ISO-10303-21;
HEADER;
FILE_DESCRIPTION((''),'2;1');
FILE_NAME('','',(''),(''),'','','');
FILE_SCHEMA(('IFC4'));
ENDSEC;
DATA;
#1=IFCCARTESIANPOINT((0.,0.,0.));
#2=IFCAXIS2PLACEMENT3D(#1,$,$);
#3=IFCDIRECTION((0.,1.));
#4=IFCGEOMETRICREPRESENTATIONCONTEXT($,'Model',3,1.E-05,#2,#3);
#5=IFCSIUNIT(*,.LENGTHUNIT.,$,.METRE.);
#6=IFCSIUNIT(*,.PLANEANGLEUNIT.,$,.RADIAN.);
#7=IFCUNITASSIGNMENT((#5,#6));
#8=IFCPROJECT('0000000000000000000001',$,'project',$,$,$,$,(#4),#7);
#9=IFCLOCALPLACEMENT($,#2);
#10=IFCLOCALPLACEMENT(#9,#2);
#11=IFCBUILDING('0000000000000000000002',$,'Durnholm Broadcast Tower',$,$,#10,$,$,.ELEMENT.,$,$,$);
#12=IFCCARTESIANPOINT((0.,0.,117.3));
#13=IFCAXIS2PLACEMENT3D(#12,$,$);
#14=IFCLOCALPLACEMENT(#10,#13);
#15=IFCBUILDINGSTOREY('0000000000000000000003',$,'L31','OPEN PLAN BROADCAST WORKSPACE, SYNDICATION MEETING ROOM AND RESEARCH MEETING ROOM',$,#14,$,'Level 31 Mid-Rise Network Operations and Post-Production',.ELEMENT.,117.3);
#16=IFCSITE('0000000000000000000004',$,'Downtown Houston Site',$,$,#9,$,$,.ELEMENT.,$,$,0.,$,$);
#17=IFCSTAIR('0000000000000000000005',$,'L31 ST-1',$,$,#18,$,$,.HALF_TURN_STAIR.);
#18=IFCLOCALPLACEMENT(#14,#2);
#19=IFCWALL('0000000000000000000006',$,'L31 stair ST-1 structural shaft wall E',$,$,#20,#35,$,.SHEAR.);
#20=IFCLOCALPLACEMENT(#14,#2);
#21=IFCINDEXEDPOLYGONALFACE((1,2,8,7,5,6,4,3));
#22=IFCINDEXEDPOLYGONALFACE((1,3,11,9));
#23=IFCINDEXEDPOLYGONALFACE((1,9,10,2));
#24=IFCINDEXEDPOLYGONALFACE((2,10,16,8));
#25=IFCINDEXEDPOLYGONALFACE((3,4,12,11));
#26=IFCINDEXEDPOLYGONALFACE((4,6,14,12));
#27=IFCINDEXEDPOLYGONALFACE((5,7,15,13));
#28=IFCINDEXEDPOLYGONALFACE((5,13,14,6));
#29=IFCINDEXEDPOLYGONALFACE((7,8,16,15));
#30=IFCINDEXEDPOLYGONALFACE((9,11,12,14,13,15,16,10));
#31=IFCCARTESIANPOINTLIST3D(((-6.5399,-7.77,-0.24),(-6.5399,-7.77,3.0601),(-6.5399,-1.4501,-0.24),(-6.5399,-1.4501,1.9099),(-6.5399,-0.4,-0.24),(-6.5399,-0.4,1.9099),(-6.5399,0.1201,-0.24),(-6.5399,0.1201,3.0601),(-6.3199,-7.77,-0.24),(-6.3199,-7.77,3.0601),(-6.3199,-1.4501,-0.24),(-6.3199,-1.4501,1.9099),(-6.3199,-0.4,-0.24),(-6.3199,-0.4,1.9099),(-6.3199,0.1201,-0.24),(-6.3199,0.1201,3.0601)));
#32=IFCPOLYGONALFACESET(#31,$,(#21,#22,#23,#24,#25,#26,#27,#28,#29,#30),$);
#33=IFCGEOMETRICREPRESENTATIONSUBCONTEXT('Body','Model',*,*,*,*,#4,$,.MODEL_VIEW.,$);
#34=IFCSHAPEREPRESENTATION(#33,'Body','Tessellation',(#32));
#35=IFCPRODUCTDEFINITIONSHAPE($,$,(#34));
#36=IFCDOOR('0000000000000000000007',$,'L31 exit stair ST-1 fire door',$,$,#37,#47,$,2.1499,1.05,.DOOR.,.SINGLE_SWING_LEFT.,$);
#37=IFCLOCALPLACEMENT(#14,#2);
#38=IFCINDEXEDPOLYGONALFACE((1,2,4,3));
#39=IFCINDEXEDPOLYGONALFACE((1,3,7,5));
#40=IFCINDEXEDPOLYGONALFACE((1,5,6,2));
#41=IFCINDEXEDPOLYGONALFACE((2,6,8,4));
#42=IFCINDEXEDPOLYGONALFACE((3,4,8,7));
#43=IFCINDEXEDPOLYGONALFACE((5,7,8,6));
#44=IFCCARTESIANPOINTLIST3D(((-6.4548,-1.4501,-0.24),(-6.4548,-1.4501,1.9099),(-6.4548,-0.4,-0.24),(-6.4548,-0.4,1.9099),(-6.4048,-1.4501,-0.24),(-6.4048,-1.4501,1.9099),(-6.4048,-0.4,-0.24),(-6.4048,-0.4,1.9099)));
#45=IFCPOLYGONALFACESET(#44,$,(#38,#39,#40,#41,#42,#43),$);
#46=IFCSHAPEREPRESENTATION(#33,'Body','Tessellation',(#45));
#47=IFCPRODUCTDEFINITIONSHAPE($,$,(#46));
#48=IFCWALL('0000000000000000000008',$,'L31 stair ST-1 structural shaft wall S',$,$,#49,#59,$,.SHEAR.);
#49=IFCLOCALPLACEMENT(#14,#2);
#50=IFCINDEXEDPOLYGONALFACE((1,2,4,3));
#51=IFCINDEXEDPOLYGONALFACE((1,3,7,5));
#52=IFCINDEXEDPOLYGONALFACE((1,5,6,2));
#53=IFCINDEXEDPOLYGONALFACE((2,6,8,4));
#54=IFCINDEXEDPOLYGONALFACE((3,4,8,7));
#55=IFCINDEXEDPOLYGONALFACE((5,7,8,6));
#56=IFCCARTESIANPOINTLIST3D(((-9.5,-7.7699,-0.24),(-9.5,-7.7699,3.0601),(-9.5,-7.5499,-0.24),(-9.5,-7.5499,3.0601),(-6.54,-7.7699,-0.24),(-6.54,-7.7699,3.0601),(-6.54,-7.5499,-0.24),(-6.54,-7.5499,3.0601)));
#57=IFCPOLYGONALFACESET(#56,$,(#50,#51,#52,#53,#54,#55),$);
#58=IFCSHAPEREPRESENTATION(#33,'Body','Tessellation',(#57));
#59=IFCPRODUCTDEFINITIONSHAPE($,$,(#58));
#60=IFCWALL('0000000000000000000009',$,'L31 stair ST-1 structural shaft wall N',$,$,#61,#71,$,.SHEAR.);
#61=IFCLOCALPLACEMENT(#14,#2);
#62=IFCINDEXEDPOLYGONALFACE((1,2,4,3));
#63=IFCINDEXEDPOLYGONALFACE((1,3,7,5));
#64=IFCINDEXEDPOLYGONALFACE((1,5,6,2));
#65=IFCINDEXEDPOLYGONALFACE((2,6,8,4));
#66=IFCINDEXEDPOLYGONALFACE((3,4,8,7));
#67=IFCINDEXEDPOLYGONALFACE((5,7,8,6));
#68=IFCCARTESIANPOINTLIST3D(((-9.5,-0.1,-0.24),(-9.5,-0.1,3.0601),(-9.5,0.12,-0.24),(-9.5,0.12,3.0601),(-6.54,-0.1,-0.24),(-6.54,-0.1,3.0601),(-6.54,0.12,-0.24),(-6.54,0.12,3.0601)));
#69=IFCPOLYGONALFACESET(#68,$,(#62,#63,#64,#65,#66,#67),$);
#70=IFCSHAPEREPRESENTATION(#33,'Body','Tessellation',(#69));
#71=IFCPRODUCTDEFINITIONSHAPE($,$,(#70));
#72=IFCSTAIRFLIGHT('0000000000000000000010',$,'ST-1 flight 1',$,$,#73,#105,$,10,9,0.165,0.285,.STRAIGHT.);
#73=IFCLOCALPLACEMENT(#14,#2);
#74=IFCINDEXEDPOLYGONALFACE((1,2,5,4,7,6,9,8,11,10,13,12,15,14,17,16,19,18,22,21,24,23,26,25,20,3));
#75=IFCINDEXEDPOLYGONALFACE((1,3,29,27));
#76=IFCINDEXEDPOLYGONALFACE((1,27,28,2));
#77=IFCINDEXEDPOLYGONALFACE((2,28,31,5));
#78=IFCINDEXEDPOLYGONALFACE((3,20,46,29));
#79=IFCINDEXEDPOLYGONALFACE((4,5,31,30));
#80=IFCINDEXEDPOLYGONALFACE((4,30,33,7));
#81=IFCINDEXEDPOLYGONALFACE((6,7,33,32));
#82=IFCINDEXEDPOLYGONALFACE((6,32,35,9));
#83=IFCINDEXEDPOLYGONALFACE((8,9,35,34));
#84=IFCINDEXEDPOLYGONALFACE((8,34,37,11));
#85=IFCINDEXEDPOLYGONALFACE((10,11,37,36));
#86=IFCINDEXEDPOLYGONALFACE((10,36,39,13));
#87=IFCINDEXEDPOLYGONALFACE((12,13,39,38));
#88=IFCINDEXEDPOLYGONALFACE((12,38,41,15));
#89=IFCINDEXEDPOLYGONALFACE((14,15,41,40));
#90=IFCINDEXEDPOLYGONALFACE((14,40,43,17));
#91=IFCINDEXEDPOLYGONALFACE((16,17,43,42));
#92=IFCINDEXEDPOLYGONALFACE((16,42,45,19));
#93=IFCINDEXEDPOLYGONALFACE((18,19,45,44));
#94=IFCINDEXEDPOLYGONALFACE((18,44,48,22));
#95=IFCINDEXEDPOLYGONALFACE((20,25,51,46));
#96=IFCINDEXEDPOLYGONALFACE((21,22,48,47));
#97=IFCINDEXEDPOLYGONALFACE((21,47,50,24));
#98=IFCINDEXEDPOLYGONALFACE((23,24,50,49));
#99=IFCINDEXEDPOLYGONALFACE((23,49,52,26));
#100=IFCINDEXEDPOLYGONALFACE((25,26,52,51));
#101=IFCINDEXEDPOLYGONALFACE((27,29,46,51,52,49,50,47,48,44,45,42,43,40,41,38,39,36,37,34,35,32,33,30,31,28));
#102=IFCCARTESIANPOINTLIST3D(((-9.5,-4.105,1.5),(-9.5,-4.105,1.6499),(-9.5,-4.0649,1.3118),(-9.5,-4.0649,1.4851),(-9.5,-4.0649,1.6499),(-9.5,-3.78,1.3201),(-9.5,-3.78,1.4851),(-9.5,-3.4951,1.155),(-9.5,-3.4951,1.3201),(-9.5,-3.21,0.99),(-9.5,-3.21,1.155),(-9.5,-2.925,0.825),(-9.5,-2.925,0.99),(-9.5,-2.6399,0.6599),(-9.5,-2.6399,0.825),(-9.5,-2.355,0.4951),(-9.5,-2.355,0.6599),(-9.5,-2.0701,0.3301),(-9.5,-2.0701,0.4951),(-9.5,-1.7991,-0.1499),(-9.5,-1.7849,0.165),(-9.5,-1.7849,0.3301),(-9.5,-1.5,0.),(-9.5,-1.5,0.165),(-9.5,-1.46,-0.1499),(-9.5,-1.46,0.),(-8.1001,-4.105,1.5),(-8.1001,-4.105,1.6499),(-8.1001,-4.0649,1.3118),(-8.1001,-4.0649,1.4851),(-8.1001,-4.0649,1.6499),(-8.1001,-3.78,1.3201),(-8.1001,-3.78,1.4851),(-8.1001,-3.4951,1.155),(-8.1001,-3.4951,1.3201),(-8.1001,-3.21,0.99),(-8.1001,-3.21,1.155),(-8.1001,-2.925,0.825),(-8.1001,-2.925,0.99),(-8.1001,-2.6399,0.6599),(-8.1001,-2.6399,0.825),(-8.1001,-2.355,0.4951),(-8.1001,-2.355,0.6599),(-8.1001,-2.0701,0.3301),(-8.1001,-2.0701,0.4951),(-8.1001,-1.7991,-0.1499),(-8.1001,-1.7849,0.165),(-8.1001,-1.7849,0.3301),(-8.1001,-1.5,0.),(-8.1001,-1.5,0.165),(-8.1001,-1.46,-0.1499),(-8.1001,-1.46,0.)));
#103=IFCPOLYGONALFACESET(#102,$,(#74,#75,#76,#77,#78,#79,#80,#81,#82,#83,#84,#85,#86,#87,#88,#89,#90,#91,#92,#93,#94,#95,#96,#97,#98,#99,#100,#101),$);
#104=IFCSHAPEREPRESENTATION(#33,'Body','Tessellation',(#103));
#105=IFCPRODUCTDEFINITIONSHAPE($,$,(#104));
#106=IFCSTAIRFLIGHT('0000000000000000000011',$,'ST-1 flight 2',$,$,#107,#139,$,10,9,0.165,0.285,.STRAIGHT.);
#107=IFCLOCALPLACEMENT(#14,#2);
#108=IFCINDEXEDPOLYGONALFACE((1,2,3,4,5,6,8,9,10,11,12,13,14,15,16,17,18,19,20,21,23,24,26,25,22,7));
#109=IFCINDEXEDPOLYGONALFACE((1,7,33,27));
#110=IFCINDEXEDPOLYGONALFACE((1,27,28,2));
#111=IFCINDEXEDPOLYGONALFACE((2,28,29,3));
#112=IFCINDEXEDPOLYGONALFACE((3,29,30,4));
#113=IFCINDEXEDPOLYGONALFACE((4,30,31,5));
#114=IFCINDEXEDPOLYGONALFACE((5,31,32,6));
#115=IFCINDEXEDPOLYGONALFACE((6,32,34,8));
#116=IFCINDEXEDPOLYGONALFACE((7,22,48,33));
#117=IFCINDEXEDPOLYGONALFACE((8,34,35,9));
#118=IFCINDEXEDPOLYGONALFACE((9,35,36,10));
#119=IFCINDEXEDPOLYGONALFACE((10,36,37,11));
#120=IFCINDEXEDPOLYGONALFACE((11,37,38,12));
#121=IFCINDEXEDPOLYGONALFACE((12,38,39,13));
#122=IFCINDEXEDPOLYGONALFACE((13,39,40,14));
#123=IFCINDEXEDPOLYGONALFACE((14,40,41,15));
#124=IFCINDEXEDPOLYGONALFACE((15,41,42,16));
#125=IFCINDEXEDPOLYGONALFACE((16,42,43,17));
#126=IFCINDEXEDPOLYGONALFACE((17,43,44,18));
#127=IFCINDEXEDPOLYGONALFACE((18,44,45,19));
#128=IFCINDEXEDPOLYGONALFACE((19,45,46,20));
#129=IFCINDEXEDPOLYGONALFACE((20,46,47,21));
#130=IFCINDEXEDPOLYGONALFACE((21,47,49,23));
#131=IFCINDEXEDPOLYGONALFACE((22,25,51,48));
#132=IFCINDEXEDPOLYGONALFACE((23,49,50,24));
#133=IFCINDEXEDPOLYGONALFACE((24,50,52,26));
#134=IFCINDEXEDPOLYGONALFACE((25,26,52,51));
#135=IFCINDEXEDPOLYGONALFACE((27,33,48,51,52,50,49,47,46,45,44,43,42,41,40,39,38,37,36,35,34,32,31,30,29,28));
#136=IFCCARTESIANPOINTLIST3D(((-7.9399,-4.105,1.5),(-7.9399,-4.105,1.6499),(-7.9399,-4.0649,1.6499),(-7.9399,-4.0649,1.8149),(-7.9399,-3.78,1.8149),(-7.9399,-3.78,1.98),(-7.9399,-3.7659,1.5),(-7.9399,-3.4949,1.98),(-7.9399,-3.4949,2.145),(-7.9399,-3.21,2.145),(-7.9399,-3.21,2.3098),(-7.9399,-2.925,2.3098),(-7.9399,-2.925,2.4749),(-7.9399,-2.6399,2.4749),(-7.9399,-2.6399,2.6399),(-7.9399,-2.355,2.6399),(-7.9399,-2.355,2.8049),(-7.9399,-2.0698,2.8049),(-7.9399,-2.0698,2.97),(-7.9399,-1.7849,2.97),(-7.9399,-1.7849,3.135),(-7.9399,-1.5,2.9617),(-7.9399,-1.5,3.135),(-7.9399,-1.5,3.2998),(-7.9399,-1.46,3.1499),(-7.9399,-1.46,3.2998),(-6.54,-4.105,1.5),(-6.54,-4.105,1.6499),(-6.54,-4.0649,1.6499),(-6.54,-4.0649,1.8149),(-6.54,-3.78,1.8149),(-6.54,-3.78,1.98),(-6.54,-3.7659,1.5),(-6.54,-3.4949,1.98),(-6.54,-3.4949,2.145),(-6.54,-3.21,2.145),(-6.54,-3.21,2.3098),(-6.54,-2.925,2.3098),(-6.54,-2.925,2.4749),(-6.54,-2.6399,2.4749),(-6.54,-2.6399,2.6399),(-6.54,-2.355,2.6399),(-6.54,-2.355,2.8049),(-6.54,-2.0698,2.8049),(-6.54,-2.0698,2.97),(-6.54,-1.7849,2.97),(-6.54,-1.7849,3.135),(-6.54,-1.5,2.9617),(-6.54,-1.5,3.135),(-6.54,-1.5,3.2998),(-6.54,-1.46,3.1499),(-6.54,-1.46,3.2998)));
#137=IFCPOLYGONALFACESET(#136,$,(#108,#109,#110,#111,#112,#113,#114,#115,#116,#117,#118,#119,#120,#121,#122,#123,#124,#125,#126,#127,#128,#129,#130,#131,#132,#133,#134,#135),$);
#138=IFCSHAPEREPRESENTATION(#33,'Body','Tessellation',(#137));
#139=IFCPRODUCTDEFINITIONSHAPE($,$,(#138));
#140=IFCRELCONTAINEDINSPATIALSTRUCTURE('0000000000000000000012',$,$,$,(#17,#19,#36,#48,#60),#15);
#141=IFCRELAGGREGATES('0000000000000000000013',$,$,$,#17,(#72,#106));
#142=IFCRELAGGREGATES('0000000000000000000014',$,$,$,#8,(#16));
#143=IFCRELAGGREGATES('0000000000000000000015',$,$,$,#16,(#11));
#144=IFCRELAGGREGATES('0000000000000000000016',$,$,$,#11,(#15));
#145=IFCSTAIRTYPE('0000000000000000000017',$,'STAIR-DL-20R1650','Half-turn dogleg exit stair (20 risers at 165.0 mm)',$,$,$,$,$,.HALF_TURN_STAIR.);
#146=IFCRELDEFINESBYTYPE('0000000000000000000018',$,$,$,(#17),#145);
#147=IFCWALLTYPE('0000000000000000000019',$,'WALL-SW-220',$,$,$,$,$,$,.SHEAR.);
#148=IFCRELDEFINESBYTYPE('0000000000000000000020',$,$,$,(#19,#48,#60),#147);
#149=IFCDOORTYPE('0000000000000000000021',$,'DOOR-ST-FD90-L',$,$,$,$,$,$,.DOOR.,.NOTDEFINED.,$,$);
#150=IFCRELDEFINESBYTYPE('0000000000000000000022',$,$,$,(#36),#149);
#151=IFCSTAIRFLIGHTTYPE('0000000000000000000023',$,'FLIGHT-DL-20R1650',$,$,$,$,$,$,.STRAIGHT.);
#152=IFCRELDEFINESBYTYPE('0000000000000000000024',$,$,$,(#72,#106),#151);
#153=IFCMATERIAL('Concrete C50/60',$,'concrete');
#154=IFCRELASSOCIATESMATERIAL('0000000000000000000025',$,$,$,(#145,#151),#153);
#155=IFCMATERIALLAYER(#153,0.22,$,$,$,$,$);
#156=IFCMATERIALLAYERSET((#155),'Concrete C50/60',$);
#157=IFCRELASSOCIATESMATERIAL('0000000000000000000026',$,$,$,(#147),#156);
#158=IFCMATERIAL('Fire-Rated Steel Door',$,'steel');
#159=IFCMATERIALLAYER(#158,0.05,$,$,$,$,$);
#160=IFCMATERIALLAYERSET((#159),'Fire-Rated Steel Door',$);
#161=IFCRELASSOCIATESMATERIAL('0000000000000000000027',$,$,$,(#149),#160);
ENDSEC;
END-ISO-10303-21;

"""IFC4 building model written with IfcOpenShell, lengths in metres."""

from ifc_helpers import new_model, si_unit, direction, frame, frame_2d, origin, place, context, subcontext, project, spatial, polyline, rectangle, outline, extrude, source, transform, mapped, material, layer, layer_set, type_object, type_shapes, element, fill, aggregate, save


model = new_model("IFC4")

# Units and contexts
model_context = context("Model", 3, precision=1e-05, world=origin(), true_north=direction((0.0, 1.0)))
body_context = subcontext(model_context, "Body", "Model", "MODEL_VIEW")
ifc_project = project(units=[si_unit("LENGTHUNIT", "METRE"), si_unit("PLANEANGLEUNIT", "RADIAN")], contexts=[model_context])

# Site, building, storey
site_placement = place(None, origin())
site = spatial("IfcSite", under=ifc_project, at=site_placement, Name="Downtown Houston Site", CompositionType="ELEMENT", RefElevation=0.0)
building_placement = place(site_placement, origin())
building = spatial("IfcBuilding", under=site, at=building_placement, Name="Durnholm Broadcast Tower", CompositionType="ELEMENT")
storey_placement = place(building_placement, frame((0.0, 0.0, 117.3)))
storey = spatial("IfcBuildingStorey", under=building, at=storey_placement, Name="L31", Description="OPEN PLAN BROADCAST WORKSPACE, SYNDICATION MEETING ROOM AND RESEARCH MEETING ROOM", LongName="Level 31 Mid-Rise Network Operations and Post-Production", CompositionType="ELEMENT", Elevation=117.3)

# Shared definitions
ifc_material_1 = material(Name="Concrete C50/60", Category="concrete")

# Stair
stair_type = type_object("IfcStairType", Name="STAIR-DL-20R1650", Description="Half-turn dogleg exit stair (20 risers at 165.0 mm)", PredefinedType="HALF_TURN_STAIR", material=ifc_material_1)
stair_1_placement = place(storey_placement, origin())
stair_1 = element("IfcStair", 1, at=stair_1_placement, inside=storey, type_object=stair_type, Name="L31 ST-1", PredefinedType="HALF_TURN_STAIR")

# Wall, opening, door
ifc_layer_1 = layer(ifc_material_1, 0.22)
ifc_layer_set_1 = layer_set([ifc_layer_1], Name="Concrete C50/60")
wall_type_1 = type_object("IfcWallType", Name="WALL-SW-220", PredefinedType="SHEAR", material=ifc_layer_set_1)
wall_1_placement = place(storey_placement, frame((-6.4299, -7.77, -0.24), z_axis=(0.0, 0.0, 1.0), x_axis=(0.0, 1.0, 0.0)))
wall_1 = element("IfcWall", 2, at=wall_1_placement, inside=storey, type_object=wall_type_1, Name="L31 stair ST-1 structural shaft wall E", PredefinedType="SHEAR", context=body_context, shape_type="SweptSolid", body=[
    extrude(rectangle(XDim=7.8901, YDim=0.22, at=frame_2d((3.9451, 0.0))), origin(), (0.0, 0.0, 1.0), 3.3),
])
opening_1_placement = place(wall_1_placement, frame((6.3201, 0.0, 0.0)))
opening_1 = element("IfcOpeningElement", 3, at=opening_1_placement, cuts=wall_1, PredefinedType="OPENING", context=body_context, shape_type="SweptSolid", body=[
    extrude(rectangle(XDim=1.05, YDim=2.1499, at=frame_2d((0.5249, 1.075))), frame((0.0, 0.1201, 0.0), z_axis=(0.0, -1.0, 0.0), x_axis=(1.0, 0.0, 0.0)), (0.0, 0.0, 1.0), 0.24),
])
ifc_material_2 = material(Name="Fire-Rated Steel Door", Category="steel")
ifc_layer_2 = layer(ifc_material_2, 0.05)
ifc_layer_set_2 = layer_set([ifc_layer_2], Name="Fire-Rated Steel Door")
door_type_1 = type_object("IfcDoorType", Name="DOOR-ST-FD90-L", OperationType="NOTDEFINED", PredefinedType="DOOR", material=ifc_layer_set_2)
shared_shape_1 = source(origin(), body_context, "Body", "SweptSolid", [
    extrude(rectangle(XDim=1.05, YDim=2.1499, at=frame_2d((0.5249, 1.075))), frame((0.0, 0.0249, 0.0), z_axis=(0.0, -1.0, 0.0), x_axis=(1.0, 0.0, 0.0)), (0.0, 0.0, 1.0), 0.05),
])
type_shapes(door_type_1, [shared_shape_1])
door_1_placement = place(opening_1_placement, origin())
door_1 = element("IfcDoor", 4, at=door_1_placement, inside=storey, type_object=door_type_1, Name="L31 exit stair ST-1 fire door", OperationType="SINGLE_SWING_LEFT", OverallHeight=2.1499, OverallWidth=1.05, PredefinedType="DOOR", context=body_context, shape_type="MappedRepresentation", body=[
    mapped(shared_shape_1, transform((0.0, 0.0, 0.0), x_axis=(1.0, 0.0, 0.0), y_axis=(0.0, 1.0, 0.0), z_axis=(0.0, 0.0, 1.0), scale=1.0)),
])
fill(opening_1, door_1)

# Walls
for number, where, z_axis, x_axis, name in (
    (5, (-9.5, -7.6599, -0.24), (0.0, 0.0, 1.0), (1.0, 0.0, 0.0), "L31 stair ST-1 structural shaft wall S"),
    (6, (-6.54, 0.01, -0.24), (0.0, 0.0, 1.0), (-1.0, 0.0, 0.0), "L31 stair ST-1 structural shaft wall N"),
):
    element("IfcWall", number, at=place(storey_placement, frame(where, z_axis=z_axis, x_axis=x_axis)), inside=storey, type_object=wall_type_1, Name=name, PredefinedType="SHEAR", context=body_context, shape_type="SweptSolid", body=[
        extrude(rectangle(XDim=2.96, YDim=0.22, at=frame_2d((1.48, 0.0))), origin(), (0.0, 0.0, 1.0), 3.3),
    ])

# Stair flights
stair_flight_type = type_object("IfcStairFlightType", Name="FLIGHT-DL-20R1650", PredefinedType="STRAIGHT", material=ifc_material_1)
stair_flight_1_placement = place(storey_placement, frame((-8.8, -1.5, 0.0), z_axis=(0.0, 0.0, 1.0), x_axis=(0.0, -1.0, 0.0)))
stair_flight_1 = element("IfcStairFlight", 7, at=stair_flight_1_placement, type_object=stair_flight_type, Name="ST-1 flight 1", NumberOfRisers=10, NumberOfTreads=9, PredefinedType="STRAIGHT", RiserHeight=0.165, TreadLength=0.285, context=body_context, shape_type="SweptSolid", body=[
    extrude(outline(polyline([(-0.04, -0.1499), (-0.04, 0.0), (0.0, 0.0), (0.0, 0.165), (0.2849, 0.165), (0.2849, 0.3301), (0.5701, 0.3301), (0.5701, 0.4951), (0.855, 0.4951), (0.855, 0.6599), (1.1399, 0.6599), (1.1399, 0.825), (1.425, 0.825), (1.425, 0.99), (1.71, 0.99), (1.71, 1.155), (1.9951, 1.155), (1.9951, 1.3201), (2.28, 1.3201), (2.28, 1.4851), (2.5649, 1.4851), (2.5649, 1.6499), (2.605, 1.6499), (2.605, 1.5), (2.5649, 1.3118), (0.2991, -0.1499), (-0.04, -0.1499)])), frame((0.0, 0.7, 0.0), z_axis=(0.0, -1.0, 0.0), x_axis=(1.0, 0.0, 0.0)), (0.0, 0.0, 1.0), 1.3999),
])
stair_flight_2_placement = place(storey_placement, frame((-7.24, -4.0649, 1.6499), z_axis=(0.0, 0.0, 1.0), x_axis=(0.0, 1.0, 0.0)))
stair_flight_2 = element("IfcStairFlight", 8, at=stair_flight_2_placement, type_object=stair_flight_type, Name="ST-1 flight 2", NumberOfRisers=10, NumberOfTreads=9, PredefinedType="STRAIGHT", RiserHeight=0.165, TreadLength=0.285, context=body_context, shape_type="SweptSolid", body=[
    extrude(outline(polyline([(-0.04, -0.1499), (-0.04, 0.0), (0.0, 0.0), (0.0, 0.165), (0.2849, 0.165), (0.2849, 0.3301), (0.5701, 0.3301), (0.5701, 0.4951), (0.855, 0.4951), (0.855, 0.6599), (1.1399, 0.6599), (1.1399, 0.825), (1.425, 0.825), (1.425, 0.99), (1.71, 0.99), (1.71, 1.155), (1.9951, 1.155), (1.9951, 1.3201), (2.28, 1.3201), (2.28, 1.4851), (2.5649, 1.4851), (2.5649, 1.6499), (2.605, 1.6499), (2.605, 1.5), (2.5649, 1.3118), (0.2991, -0.1499), (-0.04, -0.1499)])), frame((0.0, 0.7, 0.0), z_axis=(0.0, -1.0, 0.0), x_axis=(1.0, 0.0, 0.0)), (0.0, 0.0, 1.0), 1.3999),
])
aggregate(stair_1, [stair_flight_1, stair_flight_2])

save(model, "model.ifc")
